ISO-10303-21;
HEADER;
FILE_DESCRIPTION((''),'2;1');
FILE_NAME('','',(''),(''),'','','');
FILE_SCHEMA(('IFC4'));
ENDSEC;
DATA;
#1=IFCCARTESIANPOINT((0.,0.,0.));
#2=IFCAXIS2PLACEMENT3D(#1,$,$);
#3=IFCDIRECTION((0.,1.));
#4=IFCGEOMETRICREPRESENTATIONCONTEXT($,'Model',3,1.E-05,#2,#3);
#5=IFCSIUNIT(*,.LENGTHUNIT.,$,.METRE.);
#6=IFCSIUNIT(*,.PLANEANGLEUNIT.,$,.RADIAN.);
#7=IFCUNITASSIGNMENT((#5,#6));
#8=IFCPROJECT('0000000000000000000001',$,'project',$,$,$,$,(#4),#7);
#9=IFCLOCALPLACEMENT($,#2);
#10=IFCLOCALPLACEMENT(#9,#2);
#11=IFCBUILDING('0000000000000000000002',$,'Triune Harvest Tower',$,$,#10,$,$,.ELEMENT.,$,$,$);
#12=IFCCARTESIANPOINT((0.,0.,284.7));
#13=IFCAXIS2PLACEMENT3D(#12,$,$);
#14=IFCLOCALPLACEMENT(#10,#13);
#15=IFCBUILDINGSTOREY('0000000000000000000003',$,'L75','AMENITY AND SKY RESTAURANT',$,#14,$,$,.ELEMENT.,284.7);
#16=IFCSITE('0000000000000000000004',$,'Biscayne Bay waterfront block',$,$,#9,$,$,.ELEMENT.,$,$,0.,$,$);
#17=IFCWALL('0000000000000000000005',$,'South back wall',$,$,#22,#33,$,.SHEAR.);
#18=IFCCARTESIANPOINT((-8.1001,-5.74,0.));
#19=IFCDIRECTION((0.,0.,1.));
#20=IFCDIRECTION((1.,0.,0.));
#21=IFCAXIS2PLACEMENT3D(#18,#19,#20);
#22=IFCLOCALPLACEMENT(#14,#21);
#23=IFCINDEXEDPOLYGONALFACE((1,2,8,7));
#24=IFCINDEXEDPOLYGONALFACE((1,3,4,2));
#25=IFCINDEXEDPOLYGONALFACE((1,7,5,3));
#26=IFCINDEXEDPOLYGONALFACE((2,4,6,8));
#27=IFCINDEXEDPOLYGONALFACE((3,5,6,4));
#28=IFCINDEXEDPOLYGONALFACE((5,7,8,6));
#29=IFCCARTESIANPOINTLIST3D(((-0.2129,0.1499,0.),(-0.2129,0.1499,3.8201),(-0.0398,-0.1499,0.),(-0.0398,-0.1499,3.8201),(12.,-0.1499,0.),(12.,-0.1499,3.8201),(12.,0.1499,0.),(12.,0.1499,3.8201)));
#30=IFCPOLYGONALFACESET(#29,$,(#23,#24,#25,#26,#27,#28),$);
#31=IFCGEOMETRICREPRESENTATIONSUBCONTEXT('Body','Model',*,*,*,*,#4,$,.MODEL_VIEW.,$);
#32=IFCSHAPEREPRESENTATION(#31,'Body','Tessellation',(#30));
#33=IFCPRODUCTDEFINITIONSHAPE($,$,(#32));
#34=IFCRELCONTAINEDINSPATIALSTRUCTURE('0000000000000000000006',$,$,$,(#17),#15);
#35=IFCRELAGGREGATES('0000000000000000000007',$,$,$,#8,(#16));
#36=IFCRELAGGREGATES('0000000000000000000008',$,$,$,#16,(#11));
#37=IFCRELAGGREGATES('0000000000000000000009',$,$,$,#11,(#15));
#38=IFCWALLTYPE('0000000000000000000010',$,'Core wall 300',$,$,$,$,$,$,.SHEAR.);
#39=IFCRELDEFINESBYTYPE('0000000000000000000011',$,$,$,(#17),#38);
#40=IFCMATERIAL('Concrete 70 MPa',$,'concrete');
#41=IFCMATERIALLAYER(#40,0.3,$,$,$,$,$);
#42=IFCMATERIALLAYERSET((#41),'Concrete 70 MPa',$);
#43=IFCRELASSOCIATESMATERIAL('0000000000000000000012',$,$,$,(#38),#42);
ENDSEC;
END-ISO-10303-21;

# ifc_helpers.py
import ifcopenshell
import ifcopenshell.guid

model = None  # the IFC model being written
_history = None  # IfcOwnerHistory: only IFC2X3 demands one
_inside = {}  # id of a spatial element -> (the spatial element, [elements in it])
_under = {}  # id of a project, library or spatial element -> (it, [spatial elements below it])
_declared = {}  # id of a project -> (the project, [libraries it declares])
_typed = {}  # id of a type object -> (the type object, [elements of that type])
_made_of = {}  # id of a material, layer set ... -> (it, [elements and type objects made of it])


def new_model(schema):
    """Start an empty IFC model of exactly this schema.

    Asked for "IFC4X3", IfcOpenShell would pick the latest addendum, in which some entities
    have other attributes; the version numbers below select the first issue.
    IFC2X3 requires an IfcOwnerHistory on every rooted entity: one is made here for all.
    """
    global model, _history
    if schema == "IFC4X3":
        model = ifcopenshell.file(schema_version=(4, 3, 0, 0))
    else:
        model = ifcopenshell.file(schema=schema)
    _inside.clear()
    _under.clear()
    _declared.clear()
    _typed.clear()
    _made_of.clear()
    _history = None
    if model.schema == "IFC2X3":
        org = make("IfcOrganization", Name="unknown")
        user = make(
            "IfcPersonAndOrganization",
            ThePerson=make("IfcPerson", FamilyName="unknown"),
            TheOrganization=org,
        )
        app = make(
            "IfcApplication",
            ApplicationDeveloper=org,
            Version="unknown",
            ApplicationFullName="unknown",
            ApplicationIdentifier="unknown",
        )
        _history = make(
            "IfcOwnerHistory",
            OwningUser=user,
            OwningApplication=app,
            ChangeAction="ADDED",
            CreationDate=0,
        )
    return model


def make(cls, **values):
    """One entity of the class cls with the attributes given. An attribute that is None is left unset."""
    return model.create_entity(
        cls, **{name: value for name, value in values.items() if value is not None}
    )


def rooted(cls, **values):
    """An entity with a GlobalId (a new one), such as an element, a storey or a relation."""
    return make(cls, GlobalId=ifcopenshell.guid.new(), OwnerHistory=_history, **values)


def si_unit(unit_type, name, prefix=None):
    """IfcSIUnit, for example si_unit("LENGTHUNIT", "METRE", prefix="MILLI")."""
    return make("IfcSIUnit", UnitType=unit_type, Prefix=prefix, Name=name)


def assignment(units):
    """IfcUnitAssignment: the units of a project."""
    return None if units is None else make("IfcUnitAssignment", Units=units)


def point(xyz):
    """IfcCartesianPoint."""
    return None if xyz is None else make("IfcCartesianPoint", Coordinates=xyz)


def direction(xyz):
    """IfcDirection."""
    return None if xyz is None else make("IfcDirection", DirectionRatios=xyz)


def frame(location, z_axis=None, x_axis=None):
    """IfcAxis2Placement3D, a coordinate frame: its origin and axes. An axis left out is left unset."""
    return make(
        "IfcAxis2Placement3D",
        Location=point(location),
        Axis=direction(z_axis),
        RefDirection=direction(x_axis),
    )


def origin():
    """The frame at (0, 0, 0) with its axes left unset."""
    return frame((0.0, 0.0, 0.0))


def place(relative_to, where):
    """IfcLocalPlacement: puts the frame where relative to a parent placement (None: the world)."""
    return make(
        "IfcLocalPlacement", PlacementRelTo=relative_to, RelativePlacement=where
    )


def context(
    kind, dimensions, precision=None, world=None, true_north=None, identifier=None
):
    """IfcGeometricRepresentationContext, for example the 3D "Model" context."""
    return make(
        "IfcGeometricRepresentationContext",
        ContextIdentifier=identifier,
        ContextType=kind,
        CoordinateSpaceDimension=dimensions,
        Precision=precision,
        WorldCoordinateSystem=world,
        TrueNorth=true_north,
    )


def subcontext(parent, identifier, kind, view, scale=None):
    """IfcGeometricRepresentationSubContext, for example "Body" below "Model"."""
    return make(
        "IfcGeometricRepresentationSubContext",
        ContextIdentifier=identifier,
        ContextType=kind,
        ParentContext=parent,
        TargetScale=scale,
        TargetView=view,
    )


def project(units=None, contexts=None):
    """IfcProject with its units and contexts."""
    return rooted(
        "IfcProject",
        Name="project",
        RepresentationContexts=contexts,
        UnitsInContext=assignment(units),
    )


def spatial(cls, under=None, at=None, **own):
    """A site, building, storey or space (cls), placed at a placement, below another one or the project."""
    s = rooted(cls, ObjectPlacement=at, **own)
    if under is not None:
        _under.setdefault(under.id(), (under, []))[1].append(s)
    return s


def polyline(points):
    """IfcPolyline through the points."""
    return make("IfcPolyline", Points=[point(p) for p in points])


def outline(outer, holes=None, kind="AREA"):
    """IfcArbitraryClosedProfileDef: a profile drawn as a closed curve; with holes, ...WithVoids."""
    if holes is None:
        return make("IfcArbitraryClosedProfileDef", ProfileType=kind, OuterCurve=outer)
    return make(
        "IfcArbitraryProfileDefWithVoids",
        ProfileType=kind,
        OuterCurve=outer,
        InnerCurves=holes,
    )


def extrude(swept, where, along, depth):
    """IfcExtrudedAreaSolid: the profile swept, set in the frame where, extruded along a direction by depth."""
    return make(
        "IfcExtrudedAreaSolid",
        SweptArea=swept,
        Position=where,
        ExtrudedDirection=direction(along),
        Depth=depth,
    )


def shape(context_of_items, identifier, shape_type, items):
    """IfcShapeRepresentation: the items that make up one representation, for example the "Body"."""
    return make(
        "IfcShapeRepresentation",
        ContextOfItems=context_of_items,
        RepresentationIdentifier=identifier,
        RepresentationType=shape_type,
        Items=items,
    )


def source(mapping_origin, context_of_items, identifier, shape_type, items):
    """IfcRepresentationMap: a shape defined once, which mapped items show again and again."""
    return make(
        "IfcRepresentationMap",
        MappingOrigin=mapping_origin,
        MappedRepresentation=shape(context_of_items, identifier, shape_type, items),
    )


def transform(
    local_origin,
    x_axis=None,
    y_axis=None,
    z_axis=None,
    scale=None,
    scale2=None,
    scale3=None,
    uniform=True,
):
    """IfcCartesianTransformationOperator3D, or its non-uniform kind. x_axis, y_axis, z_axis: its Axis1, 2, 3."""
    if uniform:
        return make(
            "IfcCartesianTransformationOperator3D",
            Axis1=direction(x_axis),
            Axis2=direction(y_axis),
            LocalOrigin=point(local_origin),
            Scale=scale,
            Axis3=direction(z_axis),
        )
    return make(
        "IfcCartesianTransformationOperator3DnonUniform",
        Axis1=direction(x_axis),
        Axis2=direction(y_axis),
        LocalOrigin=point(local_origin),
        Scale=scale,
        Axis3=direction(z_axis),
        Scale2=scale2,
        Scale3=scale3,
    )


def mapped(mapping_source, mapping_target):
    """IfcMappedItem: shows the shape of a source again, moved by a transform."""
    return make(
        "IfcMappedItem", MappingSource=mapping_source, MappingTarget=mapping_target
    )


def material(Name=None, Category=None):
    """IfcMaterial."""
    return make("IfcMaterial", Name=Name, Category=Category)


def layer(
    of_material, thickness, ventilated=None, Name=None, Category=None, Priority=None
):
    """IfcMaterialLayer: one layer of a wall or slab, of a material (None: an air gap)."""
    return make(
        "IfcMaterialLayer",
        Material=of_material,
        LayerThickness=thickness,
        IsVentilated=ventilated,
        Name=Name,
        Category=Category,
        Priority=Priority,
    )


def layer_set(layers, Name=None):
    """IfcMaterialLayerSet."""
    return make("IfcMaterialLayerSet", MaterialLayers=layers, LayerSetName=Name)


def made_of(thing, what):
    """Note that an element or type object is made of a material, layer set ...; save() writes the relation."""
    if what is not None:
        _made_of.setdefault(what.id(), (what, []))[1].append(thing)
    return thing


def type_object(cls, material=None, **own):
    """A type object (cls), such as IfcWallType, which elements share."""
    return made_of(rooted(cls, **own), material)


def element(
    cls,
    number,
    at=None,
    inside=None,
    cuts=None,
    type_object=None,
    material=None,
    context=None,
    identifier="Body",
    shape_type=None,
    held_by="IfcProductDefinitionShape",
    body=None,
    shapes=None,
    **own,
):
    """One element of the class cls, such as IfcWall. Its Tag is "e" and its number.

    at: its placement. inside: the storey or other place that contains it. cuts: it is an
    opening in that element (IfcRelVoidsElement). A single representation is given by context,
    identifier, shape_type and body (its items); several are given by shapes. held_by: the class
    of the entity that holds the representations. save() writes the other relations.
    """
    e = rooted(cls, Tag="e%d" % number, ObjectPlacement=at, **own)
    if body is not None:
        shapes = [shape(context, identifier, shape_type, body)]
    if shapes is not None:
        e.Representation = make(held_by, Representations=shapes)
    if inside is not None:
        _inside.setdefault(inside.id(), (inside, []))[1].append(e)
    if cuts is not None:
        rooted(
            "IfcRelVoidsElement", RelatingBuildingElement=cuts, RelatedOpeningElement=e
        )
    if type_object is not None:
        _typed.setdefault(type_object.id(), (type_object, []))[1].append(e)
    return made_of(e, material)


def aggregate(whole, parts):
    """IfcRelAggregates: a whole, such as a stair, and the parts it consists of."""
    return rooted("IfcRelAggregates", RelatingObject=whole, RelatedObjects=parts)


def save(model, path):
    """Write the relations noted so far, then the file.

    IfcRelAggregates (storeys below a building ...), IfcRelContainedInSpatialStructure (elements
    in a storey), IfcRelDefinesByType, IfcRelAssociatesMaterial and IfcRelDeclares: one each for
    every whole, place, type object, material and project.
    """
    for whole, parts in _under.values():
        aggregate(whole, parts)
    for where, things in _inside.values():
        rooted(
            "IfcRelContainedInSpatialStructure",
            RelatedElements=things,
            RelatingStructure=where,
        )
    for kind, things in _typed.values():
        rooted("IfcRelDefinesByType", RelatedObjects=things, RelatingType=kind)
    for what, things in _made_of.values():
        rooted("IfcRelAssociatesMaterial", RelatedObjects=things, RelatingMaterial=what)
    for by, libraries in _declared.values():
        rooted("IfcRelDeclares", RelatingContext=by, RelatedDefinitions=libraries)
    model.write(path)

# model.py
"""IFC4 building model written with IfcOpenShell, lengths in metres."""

from ifc_helpers import new_model, si_unit, direction, frame, origin, place, context, subcontext, project, spatial, polyline, outline, extrude, source, transform, mapped, material, layer, layer_set, type_object, element, save


model = new_model("IFC4")

# Units and contexts
model_context = context("Model", 3, precision=1e-05, world=origin(), true_north=direction((0.0, 1.0)))
body_context = subcontext(model_context, "Body", "Model", "MODEL_VIEW")
ifc_project = project(units=[si_unit("LENGTHUNIT", "METRE"), si_unit("PLANEANGLEUNIT", "RADIAN")], contexts=[model_context])

# Site, building, storey
site_placement = place(None, origin())
site = spatial("IfcSite", under=ifc_project, at=site_placement, Name="Biscayne Bay waterfront block", CompositionType="ELEMENT", RefElevation=0.0)
building_placement = place(site_placement, origin())
building = spatial("IfcBuilding", under=site, at=building_placement, Name="Triune Harvest Tower", CompositionType="ELEMENT")
storey_placement = place(building_placement, frame((0.0, 0.0, 284.7)))
storey = spatial("IfcBuildingStorey", under=building, at=storey_placement, Name="L75", Description="AMENITY AND SKY RESTAURANT", CompositionType="ELEMENT", Elevation=284.7)

# Shared definitions
ifc_material_1 = material(Name="Concrete 70 MPa", Category="concrete")
ifc_layer_1 = layer(ifc_material_1, 0.3)
ifc_layer_set_1 = layer_set([ifc_layer_1], Name="Concrete 70 MPa")
wall_type_1 = type_object("IfcWallType", Name="Core wall 300", PredefinedType="SHEAR", material=ifc_layer_set_1)

# Wall
shared_shape_1 = source(origin(), body_context, "Body", "SweptSolid", [
    extrude(outline(polyline([(12.0, -0.1499), (-0.0398, -0.1499), (-0.2129, 0.1499), (12.0, 0.1499), (12.0, -0.1499)])), origin(), (0.0, 0.0, 1.0), 3.8201),
])
wall_1_placement = place(storey_placement, frame((-8.1001, -5.74, 0.0), z_axis=(0.0, 0.0, 1.0), x_axis=(1.0, 0.0, 0.0)))
element("IfcWall", 1, at=wall_1_placement, inside=storey, type_object=wall_type_1, Name="South back wall", PredefinedType="SHEAR", context=body_context, shape_type="MappedRepresentation", body=[
    mapped(shared_shape_1, transform((0.0, 0.0, 0.0), scale=1.0)),
])

save(model, "model.ifc")
